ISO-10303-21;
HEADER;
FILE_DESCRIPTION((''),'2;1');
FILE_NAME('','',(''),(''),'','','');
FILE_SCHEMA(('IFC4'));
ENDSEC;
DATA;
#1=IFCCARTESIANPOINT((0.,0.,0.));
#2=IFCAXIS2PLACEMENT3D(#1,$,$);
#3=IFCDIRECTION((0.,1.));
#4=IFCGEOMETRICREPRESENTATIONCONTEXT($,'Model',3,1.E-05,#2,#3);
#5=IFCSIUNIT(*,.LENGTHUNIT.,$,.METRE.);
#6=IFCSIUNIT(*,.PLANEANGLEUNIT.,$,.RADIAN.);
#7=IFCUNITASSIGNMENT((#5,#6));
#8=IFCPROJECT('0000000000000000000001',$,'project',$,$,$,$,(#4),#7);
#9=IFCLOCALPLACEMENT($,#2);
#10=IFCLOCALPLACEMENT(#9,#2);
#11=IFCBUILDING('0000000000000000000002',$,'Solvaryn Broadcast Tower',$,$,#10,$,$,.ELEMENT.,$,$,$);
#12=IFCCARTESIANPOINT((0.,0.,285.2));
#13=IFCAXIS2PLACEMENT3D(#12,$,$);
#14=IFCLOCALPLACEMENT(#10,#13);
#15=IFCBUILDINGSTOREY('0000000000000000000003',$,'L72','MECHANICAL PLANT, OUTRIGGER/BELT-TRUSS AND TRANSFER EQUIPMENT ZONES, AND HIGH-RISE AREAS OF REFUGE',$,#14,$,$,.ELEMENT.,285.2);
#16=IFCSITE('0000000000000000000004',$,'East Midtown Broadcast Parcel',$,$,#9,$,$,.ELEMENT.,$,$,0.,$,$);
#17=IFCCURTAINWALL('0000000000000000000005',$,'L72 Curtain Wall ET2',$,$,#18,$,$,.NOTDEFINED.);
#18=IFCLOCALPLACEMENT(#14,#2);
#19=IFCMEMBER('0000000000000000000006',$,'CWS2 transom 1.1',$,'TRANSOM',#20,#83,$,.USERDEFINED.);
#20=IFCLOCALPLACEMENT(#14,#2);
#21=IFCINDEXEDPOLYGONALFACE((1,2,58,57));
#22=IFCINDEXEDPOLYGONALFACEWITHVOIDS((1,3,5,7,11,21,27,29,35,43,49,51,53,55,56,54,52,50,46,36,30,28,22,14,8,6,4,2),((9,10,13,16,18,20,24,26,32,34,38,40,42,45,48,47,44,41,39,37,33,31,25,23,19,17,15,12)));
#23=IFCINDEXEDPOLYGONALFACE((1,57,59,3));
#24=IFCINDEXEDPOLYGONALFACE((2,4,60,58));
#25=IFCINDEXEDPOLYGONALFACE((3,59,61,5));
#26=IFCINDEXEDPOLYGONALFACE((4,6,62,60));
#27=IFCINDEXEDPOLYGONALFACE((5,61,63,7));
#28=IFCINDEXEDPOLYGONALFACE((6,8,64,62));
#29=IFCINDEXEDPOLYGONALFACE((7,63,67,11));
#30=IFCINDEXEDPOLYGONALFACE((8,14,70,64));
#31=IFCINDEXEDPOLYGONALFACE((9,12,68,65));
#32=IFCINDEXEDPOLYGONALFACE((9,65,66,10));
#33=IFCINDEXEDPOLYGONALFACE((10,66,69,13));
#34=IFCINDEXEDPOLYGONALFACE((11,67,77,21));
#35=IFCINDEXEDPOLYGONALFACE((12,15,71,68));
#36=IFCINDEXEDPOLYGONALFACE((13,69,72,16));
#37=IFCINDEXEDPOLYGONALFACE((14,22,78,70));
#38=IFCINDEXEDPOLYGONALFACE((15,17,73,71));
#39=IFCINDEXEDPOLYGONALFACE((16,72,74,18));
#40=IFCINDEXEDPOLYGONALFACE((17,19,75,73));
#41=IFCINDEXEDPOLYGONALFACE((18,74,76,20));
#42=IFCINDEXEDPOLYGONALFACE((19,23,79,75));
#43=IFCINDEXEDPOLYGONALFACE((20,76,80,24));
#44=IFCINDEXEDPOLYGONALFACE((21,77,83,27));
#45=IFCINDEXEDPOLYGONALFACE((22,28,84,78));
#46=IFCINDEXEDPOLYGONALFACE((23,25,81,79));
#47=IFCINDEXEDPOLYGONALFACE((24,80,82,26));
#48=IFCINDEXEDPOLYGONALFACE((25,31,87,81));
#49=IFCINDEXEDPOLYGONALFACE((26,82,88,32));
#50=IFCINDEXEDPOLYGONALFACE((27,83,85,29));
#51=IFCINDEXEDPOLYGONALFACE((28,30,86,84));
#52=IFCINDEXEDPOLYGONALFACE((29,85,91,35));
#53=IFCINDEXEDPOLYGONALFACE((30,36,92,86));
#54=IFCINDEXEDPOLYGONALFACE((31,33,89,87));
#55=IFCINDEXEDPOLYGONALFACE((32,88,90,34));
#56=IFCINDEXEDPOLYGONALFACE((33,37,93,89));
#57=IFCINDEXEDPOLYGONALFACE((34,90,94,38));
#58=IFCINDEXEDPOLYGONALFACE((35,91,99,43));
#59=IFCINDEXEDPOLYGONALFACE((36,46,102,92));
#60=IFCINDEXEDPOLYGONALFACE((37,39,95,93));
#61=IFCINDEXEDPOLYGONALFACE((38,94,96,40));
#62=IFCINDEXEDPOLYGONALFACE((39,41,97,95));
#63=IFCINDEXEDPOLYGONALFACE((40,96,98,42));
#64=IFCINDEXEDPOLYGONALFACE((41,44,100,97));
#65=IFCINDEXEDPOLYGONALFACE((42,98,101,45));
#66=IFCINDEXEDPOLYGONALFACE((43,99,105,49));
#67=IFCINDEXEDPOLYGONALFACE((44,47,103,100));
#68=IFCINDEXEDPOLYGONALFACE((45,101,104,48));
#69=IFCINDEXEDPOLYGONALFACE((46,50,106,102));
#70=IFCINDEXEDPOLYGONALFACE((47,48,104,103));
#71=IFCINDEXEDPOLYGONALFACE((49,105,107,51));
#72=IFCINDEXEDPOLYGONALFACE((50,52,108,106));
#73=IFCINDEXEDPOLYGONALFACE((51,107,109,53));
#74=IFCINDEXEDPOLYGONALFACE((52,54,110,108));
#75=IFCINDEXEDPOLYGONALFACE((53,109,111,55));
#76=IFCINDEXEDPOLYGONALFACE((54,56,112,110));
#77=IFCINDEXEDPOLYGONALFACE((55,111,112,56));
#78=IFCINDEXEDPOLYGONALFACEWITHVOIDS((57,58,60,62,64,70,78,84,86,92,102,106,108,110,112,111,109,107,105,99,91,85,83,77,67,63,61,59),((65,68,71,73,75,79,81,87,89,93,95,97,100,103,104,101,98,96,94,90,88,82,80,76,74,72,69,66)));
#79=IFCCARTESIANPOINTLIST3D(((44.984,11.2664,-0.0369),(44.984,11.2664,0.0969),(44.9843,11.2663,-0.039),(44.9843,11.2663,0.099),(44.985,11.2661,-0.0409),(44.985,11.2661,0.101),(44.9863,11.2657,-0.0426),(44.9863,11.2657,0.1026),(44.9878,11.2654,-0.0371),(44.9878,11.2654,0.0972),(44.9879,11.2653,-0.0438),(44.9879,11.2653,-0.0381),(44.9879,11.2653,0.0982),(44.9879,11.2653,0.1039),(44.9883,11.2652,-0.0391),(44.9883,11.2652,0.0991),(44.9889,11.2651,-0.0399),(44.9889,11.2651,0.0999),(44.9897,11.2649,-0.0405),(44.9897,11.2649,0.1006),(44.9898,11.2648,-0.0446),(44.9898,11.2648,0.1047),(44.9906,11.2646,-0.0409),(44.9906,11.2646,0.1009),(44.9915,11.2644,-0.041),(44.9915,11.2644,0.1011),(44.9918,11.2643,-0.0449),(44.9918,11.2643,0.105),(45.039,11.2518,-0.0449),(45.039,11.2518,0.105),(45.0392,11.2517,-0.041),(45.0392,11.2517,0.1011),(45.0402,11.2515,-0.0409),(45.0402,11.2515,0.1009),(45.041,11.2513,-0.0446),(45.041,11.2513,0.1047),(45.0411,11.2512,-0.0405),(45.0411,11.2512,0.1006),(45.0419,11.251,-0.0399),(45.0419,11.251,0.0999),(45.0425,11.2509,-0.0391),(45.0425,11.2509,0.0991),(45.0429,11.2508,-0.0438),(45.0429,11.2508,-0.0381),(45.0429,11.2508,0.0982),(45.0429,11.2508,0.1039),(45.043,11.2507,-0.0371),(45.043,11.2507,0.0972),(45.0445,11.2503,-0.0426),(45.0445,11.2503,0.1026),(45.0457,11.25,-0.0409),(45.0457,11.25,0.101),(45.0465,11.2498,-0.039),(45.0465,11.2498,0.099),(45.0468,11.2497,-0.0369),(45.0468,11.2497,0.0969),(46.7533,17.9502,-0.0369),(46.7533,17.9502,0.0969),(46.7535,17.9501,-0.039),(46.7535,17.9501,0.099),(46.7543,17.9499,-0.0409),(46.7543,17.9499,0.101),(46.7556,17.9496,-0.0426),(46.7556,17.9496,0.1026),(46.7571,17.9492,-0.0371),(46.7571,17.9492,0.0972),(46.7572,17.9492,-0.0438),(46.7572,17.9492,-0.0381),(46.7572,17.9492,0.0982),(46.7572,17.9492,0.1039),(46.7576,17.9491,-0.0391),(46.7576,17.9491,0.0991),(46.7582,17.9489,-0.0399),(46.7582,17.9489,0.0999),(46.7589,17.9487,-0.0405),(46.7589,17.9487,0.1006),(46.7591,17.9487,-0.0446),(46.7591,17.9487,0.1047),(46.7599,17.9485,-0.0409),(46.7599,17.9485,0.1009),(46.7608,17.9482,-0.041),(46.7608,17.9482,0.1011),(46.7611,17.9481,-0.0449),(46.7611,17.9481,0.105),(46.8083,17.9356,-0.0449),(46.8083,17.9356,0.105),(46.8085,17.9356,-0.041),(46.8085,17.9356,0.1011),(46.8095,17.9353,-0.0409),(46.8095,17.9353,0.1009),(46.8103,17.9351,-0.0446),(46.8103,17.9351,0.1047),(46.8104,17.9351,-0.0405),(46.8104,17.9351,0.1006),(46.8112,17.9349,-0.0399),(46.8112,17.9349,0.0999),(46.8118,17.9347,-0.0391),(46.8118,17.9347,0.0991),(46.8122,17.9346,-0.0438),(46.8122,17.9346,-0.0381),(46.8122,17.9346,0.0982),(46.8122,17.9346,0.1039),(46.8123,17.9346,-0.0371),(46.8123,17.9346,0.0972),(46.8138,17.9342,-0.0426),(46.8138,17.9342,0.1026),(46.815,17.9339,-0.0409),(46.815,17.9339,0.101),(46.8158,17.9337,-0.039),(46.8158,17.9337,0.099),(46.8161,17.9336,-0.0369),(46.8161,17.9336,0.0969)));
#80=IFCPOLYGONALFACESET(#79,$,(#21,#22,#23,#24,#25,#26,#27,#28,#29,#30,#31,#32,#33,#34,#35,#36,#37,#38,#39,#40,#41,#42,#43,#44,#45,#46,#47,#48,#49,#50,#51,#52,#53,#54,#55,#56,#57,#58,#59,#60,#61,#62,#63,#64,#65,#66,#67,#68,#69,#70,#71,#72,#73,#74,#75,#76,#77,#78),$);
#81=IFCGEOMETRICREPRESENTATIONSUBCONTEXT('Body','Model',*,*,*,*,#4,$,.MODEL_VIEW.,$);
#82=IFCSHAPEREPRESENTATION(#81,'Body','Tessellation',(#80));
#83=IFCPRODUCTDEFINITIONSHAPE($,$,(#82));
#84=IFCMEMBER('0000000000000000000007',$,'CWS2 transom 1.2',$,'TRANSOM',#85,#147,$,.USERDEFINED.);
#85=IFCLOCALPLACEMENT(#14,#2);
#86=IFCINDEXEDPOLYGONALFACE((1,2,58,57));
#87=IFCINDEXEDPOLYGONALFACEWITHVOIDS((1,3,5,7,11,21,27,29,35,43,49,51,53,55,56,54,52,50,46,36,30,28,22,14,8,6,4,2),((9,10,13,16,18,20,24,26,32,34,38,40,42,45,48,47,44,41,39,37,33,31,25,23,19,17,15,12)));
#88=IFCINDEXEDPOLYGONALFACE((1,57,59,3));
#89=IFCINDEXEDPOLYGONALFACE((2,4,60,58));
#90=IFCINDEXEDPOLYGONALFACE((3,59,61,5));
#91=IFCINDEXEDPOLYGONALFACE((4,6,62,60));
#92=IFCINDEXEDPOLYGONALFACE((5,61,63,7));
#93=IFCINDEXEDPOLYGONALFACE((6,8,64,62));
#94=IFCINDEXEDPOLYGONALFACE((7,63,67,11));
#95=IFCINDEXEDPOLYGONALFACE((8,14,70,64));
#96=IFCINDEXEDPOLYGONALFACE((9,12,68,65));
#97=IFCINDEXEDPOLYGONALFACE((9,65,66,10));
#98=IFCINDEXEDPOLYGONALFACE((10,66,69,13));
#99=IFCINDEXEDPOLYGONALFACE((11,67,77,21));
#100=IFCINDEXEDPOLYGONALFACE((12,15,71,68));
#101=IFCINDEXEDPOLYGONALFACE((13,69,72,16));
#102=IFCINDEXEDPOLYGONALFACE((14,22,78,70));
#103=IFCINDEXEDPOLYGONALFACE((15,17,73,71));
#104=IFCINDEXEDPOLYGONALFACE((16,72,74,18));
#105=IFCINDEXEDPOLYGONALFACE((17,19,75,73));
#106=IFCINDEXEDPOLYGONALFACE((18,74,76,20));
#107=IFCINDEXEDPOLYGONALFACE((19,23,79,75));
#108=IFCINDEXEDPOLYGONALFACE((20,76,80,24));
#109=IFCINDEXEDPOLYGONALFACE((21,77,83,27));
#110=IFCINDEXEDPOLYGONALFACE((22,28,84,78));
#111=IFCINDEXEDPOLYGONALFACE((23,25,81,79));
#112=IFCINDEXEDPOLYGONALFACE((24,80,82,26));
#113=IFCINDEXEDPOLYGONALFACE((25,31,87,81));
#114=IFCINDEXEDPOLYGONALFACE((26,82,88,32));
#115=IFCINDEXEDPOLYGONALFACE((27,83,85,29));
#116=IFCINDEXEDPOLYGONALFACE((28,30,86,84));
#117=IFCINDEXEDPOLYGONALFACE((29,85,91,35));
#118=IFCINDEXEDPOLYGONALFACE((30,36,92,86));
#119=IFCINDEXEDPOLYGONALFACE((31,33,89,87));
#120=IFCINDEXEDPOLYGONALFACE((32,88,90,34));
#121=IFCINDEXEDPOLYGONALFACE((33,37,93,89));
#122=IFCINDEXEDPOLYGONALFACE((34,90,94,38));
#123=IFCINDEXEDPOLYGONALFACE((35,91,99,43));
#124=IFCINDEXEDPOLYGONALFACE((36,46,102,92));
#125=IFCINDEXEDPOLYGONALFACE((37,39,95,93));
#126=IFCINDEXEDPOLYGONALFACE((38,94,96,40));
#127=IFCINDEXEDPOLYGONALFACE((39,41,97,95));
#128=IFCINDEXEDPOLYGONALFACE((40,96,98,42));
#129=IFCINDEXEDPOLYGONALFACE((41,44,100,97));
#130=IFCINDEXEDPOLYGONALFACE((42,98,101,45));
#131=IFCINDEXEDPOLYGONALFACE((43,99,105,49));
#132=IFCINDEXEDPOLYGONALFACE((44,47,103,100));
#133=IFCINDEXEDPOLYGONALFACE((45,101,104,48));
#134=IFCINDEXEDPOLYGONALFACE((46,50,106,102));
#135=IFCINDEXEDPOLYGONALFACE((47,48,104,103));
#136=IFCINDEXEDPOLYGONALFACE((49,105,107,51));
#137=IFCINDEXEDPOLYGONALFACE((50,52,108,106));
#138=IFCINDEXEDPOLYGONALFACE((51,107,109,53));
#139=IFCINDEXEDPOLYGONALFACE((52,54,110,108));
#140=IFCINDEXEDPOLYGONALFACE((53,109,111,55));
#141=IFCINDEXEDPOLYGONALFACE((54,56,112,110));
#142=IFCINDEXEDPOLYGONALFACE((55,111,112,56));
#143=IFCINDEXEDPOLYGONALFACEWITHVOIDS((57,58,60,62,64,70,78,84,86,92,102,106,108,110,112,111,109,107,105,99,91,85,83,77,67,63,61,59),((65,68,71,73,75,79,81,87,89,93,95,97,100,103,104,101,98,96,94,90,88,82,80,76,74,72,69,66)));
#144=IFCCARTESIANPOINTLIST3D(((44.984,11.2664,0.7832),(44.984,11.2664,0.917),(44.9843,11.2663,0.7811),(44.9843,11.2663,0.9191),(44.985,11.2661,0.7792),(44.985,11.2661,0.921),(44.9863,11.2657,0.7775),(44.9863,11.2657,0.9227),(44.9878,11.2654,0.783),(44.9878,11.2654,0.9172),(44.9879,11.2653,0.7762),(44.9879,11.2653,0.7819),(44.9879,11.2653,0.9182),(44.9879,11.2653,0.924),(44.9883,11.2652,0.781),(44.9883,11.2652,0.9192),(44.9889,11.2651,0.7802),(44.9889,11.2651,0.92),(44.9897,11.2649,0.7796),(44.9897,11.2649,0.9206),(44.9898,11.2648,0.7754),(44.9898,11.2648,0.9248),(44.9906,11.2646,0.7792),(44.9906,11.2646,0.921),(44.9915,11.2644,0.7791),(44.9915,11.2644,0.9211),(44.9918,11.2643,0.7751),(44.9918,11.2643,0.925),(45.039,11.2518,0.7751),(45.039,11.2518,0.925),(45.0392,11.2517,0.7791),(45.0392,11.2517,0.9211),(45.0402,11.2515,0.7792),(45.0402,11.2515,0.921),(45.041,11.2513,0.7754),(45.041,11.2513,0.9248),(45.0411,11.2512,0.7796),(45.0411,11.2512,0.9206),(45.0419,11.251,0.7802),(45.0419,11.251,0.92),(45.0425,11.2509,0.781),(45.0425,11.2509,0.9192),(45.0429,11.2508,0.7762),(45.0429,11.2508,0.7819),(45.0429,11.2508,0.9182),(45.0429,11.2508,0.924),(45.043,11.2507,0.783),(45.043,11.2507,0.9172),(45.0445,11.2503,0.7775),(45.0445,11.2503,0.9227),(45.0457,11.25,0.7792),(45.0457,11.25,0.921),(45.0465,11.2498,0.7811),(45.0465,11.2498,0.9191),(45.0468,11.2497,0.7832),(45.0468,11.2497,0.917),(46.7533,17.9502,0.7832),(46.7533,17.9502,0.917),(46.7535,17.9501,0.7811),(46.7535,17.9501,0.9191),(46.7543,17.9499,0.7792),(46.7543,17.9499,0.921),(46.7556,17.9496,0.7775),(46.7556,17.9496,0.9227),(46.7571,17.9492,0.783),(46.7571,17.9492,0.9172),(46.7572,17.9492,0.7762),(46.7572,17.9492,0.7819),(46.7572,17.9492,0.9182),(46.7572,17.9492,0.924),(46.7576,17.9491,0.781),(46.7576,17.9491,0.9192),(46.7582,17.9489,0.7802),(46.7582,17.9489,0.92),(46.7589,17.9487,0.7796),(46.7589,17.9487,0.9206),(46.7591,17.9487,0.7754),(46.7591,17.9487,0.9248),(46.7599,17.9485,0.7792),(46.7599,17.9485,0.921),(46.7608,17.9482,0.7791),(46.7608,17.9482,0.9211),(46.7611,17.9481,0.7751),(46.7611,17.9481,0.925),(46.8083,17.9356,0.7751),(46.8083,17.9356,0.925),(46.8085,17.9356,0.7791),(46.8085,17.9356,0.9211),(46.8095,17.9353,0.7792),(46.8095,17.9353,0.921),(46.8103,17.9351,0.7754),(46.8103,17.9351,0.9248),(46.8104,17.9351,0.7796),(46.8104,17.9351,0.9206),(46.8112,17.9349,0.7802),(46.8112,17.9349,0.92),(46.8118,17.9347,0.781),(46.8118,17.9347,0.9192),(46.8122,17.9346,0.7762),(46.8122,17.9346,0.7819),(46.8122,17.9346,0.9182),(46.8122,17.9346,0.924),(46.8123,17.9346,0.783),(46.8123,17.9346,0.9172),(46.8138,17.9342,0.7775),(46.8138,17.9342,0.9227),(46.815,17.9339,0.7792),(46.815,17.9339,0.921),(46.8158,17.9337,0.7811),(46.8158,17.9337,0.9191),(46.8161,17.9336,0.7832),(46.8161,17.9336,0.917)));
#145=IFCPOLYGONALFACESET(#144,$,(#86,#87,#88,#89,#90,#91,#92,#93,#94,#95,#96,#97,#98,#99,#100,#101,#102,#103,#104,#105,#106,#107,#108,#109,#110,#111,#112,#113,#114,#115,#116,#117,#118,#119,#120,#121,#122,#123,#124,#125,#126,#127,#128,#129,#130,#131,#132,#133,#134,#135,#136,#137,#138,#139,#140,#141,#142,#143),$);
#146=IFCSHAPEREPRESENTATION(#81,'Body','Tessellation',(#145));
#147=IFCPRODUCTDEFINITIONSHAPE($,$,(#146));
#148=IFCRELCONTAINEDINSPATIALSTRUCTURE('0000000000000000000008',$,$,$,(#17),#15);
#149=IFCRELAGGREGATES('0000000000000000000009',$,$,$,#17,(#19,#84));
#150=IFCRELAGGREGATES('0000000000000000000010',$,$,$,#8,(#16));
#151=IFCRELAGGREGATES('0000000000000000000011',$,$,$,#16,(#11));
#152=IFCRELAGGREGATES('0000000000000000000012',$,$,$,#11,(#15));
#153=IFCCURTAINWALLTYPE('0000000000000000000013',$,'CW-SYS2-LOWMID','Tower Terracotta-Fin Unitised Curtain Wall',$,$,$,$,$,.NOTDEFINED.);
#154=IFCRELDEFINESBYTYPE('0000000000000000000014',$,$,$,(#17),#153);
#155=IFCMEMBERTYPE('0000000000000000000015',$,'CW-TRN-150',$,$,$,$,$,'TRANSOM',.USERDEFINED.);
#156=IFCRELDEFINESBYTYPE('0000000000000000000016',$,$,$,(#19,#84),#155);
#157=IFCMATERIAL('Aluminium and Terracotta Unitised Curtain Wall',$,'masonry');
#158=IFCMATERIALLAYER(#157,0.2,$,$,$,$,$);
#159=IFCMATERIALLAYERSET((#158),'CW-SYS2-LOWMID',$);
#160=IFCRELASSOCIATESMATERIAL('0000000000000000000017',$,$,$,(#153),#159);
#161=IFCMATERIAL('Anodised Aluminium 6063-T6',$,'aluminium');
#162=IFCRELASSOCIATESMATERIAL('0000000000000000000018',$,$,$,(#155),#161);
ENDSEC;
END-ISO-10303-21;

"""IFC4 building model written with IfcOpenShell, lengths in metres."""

from ifc_helpers import new_model, si_unit, direction, frame, origin, origin_2d, place, context, subcontext, project, spatial, hollow_rectangle, extrude, material, layer, layer_set, material_profile, profile_set, type_object, element, aggregate, save


model = new_model("IFC4")

# Units and contexts
model_context = context("Model", 3, precision=1e-05, world=origin(), true_north=direction((0.0, 1.0)))
body_context = subcontext(model_context, "Body", "Model", "MODEL_VIEW")
ifc_project = project(units=[si_unit("LENGTHUNIT", "METRE"), si_unit("PLANEANGLEUNIT", "RADIAN")], contexts=[model_context])

# Site, building, storey
site_placement = place(None, origin())
site = spatial("IfcSite", under=ifc_project, at=site_placement, Name="East Midtown Broadcast Parcel", CompositionType="ELEMENT", RefElevation=0.0)
building_placement = place(site_placement, origin())
building = spatial("IfcBuilding", under=site, at=building_placement, Name="Solvaryn Broadcast Tower", CompositionType="ELEMENT")
storey_placement = place(building_placement, frame((0.0, 0.0, 285.2)))
storey = spatial("IfcBuildingStorey", under=building, at=storey_placement, Name="L72", Description="MECHANICAL PLANT, OUTRIGGER/BELT-TRUSS AND TRANSFER EQUIPMENT ZONES, AND HIGH-RISE AREAS OF REFUGE", CompositionType="ELEMENT", Elevation=285.2)

# Shared definitions
ifc_material_1 = material(Name="Aluminium and Terracotta Unitised Curtain Wall", Category="masonry")
ifc_layer_1 = layer(ifc_material_1, 0.2)
ifc_layer_set_1 = layer_set([ifc_layer_1], Name="CW-SYS2-LOWMID")
curtain_wall_type = type_object("IfcCurtainWallType", Name="CW-SYS2-LOWMID", Description="Tower Terracotta-Fin Unitised Curtain Wall", PredefinedType="NOTDEFINED", material=ifc_layer_set_1)

# Curtain wall, members
curtain_wall_1_placement = place(storey_placement, origin())
curtain_wall_1 = element("IfcCurtainWall", 1, at=curtain_wall_1_placement, inside=storey, type_object=curtain_wall_type, Name="L72 Curtain Wall ET2", PredefinedType="NOTDEFINED")
ifc_material_2 = material(Name="Anodised Aluminium 6063-T6", Category="aluminium")
ifc_material_profile_1 = material_profile(ifc_material_2, hollow_rectangle(XDim=0.0649, YDim=0.1499, WallThickness=0.0039, InnerFilletRadius=0.0039, OuterFilletRadius=0.0081, at=origin_2d()))
ifc_profile_set_1 = profile_set([ifc_material_profile_1], Name="Anodised Aluminium 6063-T6")
member_type_1 = type_object("IfcMemberType", Name="CW-TRN-150", ElementType="TRANSOM", PredefinedType="USERDEFINED", material=ifc_profile_set_1)
member_1_placement = place(storey_placement, frame((46.7847, 17.9419, 0.03), z_axis=(-0.255897, -0.966704, 0.0), x_axis=(0.966704, -0.255897, 0.0)))
member_1 = element("IfcMember", 2, at=member_1_placement, type_object=member_type_1, Name="CWS2 transom 1.1", ObjectType="TRANSOM", PredefinedType="USERDEFINED", context=body_context, shape_type="SweptSolid", body=[
    extrude(hollow_rectangle(XDim=0.0649, YDim=0.1499, WallThickness=0.0039, InnerFilletRadius=0.0039, OuterFilletRadius=0.0081, at=origin_2d()), origin(), (0.0, 0.0, 1.0), 6.9141),
])
member_2_placement = place(storey_placement, frame((46.7847, 17.9419, 0.8501), z_axis=(-0.255897, -0.966704, 0.0), x_axis=(0.966704, -0.255897, 0.0)))
member_2 = element("IfcMember", 3, at=member_2_placement, type_object=member_type_1, Name="CWS2 transom 1.2", ObjectType="TRANSOM", PredefinedType="USERDEFINED", context=body_context, shape_type="SweptSolid", body=[
    extrude(hollow_rectangle(XDim=0.0649, YDim=0.1499, WallThickness=0.0039, InnerFilletRadius=0.0039, OuterFilletRadius=0.0081, at=origin_2d()), origin(), (0.0, 0.0, 1.0), 6.9141),
])

aggregate(curtain_wall_1, [member_1, member_2])

save(model, "model.ifc")
